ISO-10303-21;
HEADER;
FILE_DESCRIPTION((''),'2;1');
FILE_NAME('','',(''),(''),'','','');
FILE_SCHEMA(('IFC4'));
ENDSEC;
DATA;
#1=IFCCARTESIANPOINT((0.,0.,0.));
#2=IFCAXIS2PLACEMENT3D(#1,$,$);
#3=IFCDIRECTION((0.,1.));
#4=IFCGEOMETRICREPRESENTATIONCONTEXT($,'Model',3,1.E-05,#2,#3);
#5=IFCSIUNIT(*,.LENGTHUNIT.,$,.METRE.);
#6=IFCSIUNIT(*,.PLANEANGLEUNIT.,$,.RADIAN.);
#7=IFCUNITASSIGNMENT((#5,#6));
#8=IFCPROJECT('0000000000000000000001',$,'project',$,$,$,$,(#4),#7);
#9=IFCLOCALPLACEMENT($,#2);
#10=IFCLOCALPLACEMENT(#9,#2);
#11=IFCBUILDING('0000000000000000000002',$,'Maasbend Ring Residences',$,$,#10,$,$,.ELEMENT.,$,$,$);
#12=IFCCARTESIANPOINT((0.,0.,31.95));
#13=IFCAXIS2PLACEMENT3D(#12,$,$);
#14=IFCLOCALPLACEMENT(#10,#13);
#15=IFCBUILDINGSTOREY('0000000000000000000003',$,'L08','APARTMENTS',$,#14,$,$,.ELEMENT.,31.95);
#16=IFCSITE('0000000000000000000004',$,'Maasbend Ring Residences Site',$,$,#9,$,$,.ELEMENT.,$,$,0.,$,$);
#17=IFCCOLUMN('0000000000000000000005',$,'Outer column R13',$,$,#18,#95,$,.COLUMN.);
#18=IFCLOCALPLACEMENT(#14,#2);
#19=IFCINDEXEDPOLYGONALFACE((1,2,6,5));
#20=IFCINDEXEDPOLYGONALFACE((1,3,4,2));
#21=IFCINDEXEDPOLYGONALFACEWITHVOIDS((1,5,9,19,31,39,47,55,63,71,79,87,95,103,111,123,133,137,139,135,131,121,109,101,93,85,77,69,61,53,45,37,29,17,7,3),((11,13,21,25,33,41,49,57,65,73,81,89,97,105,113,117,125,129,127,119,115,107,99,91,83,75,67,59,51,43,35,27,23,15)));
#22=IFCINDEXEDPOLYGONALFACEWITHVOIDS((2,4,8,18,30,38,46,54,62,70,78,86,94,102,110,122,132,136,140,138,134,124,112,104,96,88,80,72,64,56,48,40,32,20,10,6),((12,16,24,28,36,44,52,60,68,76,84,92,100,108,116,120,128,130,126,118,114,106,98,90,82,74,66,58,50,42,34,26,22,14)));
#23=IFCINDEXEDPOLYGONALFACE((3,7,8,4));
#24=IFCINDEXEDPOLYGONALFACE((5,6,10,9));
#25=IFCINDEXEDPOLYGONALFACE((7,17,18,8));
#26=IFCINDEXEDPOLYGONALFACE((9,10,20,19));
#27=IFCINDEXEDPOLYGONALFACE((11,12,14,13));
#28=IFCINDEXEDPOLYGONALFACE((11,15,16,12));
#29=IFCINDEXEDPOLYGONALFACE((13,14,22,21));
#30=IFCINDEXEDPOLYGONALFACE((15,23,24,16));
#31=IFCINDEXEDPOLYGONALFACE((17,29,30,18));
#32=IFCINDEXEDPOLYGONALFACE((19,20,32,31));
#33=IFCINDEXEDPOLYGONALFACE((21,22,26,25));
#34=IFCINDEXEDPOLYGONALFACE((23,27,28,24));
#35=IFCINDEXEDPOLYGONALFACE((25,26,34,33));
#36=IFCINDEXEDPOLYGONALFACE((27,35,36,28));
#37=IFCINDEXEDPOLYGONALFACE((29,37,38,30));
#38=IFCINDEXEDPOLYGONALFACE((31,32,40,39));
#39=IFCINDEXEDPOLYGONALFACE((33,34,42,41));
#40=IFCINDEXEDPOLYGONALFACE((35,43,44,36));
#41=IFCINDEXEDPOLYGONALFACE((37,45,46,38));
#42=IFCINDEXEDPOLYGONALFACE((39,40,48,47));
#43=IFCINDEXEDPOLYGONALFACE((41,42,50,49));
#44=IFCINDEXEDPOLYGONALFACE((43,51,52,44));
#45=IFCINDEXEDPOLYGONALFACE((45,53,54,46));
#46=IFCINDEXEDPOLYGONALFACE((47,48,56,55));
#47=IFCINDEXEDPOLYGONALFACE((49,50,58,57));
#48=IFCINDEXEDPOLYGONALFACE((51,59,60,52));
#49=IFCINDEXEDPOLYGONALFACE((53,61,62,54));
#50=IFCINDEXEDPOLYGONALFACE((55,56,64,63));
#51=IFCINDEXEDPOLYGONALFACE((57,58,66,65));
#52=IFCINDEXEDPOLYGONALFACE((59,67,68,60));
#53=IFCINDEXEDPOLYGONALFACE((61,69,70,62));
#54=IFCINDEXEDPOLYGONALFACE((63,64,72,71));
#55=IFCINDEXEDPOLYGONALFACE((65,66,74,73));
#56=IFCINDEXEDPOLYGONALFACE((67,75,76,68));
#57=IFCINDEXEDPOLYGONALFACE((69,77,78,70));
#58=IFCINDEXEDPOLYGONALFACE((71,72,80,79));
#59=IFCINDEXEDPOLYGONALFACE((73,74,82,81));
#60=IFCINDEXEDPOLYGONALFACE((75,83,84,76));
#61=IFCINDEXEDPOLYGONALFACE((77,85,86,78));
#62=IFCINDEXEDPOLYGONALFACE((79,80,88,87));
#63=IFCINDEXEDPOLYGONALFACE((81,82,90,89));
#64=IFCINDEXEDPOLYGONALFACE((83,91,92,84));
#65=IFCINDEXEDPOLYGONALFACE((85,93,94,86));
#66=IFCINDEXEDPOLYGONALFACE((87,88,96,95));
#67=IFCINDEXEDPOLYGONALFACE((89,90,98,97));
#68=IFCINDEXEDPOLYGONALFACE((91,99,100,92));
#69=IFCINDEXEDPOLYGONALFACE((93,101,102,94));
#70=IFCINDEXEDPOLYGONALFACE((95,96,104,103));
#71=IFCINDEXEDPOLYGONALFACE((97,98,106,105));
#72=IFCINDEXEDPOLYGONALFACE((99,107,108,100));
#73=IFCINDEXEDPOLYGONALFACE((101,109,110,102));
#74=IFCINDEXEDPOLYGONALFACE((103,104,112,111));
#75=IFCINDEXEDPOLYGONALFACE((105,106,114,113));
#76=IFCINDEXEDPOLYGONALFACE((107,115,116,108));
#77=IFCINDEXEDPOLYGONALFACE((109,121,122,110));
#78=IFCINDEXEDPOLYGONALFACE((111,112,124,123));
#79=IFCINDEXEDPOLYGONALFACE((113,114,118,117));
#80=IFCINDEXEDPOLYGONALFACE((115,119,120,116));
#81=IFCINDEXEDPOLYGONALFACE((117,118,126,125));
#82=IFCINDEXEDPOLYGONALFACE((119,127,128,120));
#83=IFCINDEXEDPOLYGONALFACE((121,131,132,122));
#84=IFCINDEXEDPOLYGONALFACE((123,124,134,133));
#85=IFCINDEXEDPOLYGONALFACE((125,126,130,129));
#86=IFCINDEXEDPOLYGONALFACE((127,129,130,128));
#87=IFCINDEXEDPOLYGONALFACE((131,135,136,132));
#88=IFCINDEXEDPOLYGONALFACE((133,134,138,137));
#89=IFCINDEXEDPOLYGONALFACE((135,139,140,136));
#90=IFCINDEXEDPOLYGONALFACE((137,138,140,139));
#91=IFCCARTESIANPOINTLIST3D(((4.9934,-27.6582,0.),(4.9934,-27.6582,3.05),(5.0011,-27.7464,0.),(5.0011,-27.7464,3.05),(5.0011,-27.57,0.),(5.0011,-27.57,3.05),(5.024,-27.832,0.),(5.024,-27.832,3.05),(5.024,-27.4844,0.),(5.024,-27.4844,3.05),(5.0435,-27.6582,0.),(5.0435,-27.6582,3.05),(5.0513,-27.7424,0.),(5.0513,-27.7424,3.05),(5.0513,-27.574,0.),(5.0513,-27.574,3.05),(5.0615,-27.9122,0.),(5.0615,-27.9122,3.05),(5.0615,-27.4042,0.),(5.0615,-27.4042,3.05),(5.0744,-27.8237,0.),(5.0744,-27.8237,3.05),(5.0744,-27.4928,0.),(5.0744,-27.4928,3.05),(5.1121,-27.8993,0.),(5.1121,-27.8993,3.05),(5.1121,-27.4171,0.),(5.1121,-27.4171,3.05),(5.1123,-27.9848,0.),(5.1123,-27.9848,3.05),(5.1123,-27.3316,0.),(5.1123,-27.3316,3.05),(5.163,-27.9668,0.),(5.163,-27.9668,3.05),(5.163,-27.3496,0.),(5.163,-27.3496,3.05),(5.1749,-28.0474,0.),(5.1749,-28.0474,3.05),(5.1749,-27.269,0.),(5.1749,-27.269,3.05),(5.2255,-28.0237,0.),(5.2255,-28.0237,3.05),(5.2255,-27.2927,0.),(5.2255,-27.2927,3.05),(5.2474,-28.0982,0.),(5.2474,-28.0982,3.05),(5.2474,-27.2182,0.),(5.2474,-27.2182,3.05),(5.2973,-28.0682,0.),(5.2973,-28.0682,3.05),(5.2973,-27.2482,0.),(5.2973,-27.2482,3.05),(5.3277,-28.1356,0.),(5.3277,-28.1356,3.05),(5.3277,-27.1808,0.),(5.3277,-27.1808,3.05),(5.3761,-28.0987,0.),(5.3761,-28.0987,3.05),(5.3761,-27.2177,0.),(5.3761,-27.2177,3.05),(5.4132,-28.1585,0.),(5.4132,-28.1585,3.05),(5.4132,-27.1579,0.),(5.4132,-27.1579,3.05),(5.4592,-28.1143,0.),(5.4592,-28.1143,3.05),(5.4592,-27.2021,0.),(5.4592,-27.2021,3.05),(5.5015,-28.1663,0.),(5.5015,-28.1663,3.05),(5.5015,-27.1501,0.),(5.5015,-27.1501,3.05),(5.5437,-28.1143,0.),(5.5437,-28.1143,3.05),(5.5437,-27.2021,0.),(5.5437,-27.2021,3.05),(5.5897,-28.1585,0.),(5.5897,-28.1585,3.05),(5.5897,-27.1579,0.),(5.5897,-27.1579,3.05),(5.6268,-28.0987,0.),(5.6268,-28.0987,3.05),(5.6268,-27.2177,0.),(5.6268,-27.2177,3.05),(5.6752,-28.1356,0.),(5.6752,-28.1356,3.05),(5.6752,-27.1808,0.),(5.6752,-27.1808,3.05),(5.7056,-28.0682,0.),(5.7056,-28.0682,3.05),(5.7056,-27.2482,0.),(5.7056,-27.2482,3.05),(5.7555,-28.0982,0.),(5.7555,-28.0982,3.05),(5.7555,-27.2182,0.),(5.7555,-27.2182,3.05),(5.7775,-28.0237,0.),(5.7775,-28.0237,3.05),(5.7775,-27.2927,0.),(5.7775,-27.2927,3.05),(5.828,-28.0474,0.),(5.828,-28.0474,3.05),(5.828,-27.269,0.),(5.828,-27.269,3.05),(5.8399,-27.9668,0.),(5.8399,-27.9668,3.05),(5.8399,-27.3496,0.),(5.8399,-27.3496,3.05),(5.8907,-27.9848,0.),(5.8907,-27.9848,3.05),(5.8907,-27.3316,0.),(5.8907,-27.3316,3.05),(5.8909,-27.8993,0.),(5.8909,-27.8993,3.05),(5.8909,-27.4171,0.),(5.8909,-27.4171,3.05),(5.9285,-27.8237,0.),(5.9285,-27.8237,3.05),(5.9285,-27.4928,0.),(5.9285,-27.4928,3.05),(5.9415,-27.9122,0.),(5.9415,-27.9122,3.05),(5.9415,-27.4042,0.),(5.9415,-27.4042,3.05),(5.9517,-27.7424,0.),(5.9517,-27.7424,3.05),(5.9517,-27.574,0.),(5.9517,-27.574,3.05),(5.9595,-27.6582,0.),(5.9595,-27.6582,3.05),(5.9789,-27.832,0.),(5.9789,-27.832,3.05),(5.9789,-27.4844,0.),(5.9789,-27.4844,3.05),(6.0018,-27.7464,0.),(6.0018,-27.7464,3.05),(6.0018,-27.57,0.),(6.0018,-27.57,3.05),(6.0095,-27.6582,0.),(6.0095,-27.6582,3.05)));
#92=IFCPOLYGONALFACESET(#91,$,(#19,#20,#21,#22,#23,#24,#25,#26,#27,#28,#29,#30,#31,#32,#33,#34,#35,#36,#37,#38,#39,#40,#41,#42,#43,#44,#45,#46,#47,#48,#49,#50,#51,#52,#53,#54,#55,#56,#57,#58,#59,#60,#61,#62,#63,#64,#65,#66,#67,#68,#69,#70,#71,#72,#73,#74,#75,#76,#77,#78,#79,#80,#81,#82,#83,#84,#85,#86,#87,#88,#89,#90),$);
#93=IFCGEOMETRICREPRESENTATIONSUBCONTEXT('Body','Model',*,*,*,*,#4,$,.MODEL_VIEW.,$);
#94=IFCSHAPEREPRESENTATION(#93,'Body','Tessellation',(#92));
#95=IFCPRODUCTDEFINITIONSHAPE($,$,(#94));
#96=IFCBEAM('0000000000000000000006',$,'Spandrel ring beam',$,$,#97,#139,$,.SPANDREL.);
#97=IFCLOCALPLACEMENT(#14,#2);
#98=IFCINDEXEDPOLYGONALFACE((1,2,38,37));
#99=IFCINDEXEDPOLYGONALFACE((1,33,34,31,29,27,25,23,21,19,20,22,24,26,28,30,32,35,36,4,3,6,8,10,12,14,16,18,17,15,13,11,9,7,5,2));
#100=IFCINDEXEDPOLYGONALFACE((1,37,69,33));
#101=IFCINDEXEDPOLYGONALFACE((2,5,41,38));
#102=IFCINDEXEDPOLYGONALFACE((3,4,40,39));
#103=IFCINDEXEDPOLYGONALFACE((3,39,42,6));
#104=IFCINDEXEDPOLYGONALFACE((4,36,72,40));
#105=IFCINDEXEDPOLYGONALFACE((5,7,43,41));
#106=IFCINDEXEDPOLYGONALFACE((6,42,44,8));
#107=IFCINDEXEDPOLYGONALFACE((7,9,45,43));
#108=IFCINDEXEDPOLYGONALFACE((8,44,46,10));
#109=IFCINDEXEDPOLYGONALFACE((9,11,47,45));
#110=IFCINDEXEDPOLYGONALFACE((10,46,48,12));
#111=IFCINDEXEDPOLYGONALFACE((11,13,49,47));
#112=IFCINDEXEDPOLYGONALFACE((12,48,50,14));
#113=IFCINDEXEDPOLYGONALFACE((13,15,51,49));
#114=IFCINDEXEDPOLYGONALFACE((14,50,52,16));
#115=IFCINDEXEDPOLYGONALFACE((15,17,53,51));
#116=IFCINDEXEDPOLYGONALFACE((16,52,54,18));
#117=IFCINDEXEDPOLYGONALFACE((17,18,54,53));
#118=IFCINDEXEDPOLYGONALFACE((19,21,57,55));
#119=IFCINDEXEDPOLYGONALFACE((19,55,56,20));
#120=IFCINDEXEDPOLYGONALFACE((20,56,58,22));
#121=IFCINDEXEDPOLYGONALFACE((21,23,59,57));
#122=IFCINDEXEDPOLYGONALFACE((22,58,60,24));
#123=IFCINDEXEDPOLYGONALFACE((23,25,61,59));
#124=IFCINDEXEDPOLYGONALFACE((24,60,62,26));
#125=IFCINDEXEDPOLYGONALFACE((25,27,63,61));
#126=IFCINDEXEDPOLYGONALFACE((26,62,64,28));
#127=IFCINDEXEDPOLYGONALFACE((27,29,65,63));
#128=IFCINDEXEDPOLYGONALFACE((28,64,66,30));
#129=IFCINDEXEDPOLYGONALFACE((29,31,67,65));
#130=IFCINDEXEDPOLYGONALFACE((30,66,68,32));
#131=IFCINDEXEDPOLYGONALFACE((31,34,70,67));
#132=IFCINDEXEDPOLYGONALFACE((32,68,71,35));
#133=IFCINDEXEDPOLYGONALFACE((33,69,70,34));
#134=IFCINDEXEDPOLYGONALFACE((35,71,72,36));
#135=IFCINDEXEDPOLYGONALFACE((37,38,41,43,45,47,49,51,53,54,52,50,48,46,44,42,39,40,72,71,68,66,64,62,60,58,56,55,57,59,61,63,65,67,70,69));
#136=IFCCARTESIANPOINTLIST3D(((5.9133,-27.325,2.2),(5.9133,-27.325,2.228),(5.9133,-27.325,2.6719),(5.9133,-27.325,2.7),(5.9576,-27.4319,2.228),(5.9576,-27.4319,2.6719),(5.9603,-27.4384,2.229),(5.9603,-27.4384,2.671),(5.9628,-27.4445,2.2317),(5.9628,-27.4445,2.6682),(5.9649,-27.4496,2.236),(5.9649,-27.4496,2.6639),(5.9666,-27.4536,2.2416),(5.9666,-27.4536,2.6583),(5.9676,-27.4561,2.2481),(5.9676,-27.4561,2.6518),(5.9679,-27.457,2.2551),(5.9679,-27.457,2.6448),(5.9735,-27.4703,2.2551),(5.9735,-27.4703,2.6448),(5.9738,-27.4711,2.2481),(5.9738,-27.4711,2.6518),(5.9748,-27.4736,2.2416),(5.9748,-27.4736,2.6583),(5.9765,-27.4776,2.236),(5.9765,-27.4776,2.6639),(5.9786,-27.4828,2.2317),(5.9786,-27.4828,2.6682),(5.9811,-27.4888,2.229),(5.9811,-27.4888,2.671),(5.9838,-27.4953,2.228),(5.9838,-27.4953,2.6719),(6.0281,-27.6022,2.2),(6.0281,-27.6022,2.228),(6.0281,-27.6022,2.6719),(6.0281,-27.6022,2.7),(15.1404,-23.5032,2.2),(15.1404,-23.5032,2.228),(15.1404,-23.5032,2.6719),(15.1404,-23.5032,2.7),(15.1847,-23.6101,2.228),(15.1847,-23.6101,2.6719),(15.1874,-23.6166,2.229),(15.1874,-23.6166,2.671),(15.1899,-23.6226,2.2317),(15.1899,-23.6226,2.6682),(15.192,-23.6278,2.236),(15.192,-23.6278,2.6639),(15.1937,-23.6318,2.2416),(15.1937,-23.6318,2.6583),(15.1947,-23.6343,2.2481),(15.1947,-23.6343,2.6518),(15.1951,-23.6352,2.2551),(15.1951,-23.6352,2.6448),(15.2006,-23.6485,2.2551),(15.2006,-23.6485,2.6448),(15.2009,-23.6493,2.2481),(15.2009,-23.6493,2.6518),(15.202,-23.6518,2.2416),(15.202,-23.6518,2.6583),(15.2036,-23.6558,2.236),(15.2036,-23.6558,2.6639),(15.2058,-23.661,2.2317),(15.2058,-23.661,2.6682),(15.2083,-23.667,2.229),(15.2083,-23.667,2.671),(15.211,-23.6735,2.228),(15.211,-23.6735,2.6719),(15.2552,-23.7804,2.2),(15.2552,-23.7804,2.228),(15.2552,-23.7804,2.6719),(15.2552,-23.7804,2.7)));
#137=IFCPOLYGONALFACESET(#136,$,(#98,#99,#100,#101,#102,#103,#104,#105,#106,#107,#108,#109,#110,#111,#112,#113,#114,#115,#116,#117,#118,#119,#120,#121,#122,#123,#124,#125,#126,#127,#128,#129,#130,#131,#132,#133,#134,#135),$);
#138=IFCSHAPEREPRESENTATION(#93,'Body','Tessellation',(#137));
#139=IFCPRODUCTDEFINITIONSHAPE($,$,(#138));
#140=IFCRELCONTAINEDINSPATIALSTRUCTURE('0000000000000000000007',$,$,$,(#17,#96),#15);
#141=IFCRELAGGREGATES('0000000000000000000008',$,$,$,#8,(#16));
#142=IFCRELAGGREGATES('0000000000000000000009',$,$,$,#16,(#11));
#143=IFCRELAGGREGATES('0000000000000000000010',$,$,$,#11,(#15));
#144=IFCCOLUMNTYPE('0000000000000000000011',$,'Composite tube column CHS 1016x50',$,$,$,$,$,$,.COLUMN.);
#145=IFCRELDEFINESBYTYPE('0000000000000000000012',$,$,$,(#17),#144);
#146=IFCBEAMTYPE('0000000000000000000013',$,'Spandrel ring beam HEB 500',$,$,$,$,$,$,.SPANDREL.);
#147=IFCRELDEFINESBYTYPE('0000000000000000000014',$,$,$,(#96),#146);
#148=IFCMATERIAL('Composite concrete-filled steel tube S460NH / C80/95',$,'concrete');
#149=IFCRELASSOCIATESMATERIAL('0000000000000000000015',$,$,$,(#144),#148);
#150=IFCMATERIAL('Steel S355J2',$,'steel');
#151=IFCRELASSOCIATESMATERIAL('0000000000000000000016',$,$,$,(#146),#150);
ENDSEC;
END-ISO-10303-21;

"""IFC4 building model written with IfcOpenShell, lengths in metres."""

from ifc_helpers import new_model, si_unit, direction, frame, origin, origin_2d, place, context, subcontext, project, spatial, hollow_circle, i_section, extrude, material, material_profile, profile_set, type_object, element, save


model = new_model("IFC4")

# Units and contexts
model_context = context("Model", 3, precision=1e-05, world=origin(), true_north=direction((0.0, 1.0)))
body_context = subcontext(model_context, "Body", "Model", "MODEL_VIEW")
ifc_project = project(units=[si_unit("LENGTHUNIT", "METRE"), si_unit("PLANEANGLEUNIT", "RADIAN")], contexts=[model_context])

# Site, building, storey
site_placement = place(None, origin())
site = spatial("IfcSite", under=ifc_project, at=site_placement, Name="Maasbend Ring Residences Site", CompositionType="ELEMENT", RefElevation=0.0)
building_placement = place(site_placement, origin())
building = spatial("IfcBuilding", under=site, at=building_placement, Name="Maasbend Ring Residences", CompositionType="ELEMENT")
storey_placement = place(building_placement, frame((0.0, 0.0, 31.95)))
storey = spatial("IfcBuildingStorey", under=building, at=storey_placement, Name="L08", Description="APARTMENTS", CompositionType="ELEMENT", Elevation=31.95)

# Column
ifc_material_1 = material(Name="Composite concrete-filled steel tube S460NH / C80/95", Category="concrete")
ifc_material_profile_1 = material_profile(ifc_material_1, hollow_circle(Radius=0.5081, WallThickness=0.05, at=origin_2d()), Name="Composite tube column CHS 1016x50")
ifc_profile_set_1 = profile_set([ifc_material_profile_1], Name="Composite concrete-filled steel tube S460NH / C80/95")
column_type = type_object("IfcColumnType", Name="Composite tube column CHS 1016x50", PredefinedType="COLUMN", material=ifc_profile_set_1)
column_placement = place(storey_placement, frame((5.5015, -27.6582, 0.0), z_axis=(0.0, 0.0, 1.0), x_axis=(1.0, 0.0, 0.0)))
element("IfcColumn", 1, at=column_placement, inside=storey, type_object=column_type, Name="Outer column R13", PredefinedType="COLUMN", context=body_context, shape_type="SweptSolid", body=[
    extrude(hollow_circle(Radius=0.5081, WallThickness=0.05, at=origin_2d()), origin(), (0.0, 0.0, 1.0), 3.05),
])

# Beam
ifc_material_2 = material(Name="Steel S355J2", Category="steel")
ifc_material_profile_2 = material_profile(ifc_material_2, i_section(OverallWidth=0.3, OverallDepth=0.5, WebThickness=0.0144, FlangeThickness=0.0281, FilletRadius=0.0271, at=origin_2d()), Name="HEB 500")
ifc_profile_set_2 = profile_set([ifc_material_profile_2], Name="Steel S355J2")
beam_type = type_object("IfcBeamType", Name="Spandrel ring beam HEB 500", PredefinedType="SPANDREL", material=ifc_profile_set_2)
beam_placement = place(storey_placement, frame((5.9707, -27.4636, 2.45), z_axis=(0.923886, 0.382667, 0.0), x_axis=(-0.382667, 0.923886, 0.0)))
element("IfcBeam", 2, at=beam_placement, inside=storey, type_object=beam_type, Name="Spandrel ring beam", PredefinedType="SPANDREL", context=body_context, shape_type="SweptSolid", body=[
    extrude(i_section(OverallWidth=0.3, OverallDepth=0.5, WebThickness=0.0144, FlangeThickness=0.0281, FilletRadius=0.0271, at=origin_2d()), origin(), (0.0, 0.0, 1.0), 9.9873),
])

save(model, "model.ifc")
